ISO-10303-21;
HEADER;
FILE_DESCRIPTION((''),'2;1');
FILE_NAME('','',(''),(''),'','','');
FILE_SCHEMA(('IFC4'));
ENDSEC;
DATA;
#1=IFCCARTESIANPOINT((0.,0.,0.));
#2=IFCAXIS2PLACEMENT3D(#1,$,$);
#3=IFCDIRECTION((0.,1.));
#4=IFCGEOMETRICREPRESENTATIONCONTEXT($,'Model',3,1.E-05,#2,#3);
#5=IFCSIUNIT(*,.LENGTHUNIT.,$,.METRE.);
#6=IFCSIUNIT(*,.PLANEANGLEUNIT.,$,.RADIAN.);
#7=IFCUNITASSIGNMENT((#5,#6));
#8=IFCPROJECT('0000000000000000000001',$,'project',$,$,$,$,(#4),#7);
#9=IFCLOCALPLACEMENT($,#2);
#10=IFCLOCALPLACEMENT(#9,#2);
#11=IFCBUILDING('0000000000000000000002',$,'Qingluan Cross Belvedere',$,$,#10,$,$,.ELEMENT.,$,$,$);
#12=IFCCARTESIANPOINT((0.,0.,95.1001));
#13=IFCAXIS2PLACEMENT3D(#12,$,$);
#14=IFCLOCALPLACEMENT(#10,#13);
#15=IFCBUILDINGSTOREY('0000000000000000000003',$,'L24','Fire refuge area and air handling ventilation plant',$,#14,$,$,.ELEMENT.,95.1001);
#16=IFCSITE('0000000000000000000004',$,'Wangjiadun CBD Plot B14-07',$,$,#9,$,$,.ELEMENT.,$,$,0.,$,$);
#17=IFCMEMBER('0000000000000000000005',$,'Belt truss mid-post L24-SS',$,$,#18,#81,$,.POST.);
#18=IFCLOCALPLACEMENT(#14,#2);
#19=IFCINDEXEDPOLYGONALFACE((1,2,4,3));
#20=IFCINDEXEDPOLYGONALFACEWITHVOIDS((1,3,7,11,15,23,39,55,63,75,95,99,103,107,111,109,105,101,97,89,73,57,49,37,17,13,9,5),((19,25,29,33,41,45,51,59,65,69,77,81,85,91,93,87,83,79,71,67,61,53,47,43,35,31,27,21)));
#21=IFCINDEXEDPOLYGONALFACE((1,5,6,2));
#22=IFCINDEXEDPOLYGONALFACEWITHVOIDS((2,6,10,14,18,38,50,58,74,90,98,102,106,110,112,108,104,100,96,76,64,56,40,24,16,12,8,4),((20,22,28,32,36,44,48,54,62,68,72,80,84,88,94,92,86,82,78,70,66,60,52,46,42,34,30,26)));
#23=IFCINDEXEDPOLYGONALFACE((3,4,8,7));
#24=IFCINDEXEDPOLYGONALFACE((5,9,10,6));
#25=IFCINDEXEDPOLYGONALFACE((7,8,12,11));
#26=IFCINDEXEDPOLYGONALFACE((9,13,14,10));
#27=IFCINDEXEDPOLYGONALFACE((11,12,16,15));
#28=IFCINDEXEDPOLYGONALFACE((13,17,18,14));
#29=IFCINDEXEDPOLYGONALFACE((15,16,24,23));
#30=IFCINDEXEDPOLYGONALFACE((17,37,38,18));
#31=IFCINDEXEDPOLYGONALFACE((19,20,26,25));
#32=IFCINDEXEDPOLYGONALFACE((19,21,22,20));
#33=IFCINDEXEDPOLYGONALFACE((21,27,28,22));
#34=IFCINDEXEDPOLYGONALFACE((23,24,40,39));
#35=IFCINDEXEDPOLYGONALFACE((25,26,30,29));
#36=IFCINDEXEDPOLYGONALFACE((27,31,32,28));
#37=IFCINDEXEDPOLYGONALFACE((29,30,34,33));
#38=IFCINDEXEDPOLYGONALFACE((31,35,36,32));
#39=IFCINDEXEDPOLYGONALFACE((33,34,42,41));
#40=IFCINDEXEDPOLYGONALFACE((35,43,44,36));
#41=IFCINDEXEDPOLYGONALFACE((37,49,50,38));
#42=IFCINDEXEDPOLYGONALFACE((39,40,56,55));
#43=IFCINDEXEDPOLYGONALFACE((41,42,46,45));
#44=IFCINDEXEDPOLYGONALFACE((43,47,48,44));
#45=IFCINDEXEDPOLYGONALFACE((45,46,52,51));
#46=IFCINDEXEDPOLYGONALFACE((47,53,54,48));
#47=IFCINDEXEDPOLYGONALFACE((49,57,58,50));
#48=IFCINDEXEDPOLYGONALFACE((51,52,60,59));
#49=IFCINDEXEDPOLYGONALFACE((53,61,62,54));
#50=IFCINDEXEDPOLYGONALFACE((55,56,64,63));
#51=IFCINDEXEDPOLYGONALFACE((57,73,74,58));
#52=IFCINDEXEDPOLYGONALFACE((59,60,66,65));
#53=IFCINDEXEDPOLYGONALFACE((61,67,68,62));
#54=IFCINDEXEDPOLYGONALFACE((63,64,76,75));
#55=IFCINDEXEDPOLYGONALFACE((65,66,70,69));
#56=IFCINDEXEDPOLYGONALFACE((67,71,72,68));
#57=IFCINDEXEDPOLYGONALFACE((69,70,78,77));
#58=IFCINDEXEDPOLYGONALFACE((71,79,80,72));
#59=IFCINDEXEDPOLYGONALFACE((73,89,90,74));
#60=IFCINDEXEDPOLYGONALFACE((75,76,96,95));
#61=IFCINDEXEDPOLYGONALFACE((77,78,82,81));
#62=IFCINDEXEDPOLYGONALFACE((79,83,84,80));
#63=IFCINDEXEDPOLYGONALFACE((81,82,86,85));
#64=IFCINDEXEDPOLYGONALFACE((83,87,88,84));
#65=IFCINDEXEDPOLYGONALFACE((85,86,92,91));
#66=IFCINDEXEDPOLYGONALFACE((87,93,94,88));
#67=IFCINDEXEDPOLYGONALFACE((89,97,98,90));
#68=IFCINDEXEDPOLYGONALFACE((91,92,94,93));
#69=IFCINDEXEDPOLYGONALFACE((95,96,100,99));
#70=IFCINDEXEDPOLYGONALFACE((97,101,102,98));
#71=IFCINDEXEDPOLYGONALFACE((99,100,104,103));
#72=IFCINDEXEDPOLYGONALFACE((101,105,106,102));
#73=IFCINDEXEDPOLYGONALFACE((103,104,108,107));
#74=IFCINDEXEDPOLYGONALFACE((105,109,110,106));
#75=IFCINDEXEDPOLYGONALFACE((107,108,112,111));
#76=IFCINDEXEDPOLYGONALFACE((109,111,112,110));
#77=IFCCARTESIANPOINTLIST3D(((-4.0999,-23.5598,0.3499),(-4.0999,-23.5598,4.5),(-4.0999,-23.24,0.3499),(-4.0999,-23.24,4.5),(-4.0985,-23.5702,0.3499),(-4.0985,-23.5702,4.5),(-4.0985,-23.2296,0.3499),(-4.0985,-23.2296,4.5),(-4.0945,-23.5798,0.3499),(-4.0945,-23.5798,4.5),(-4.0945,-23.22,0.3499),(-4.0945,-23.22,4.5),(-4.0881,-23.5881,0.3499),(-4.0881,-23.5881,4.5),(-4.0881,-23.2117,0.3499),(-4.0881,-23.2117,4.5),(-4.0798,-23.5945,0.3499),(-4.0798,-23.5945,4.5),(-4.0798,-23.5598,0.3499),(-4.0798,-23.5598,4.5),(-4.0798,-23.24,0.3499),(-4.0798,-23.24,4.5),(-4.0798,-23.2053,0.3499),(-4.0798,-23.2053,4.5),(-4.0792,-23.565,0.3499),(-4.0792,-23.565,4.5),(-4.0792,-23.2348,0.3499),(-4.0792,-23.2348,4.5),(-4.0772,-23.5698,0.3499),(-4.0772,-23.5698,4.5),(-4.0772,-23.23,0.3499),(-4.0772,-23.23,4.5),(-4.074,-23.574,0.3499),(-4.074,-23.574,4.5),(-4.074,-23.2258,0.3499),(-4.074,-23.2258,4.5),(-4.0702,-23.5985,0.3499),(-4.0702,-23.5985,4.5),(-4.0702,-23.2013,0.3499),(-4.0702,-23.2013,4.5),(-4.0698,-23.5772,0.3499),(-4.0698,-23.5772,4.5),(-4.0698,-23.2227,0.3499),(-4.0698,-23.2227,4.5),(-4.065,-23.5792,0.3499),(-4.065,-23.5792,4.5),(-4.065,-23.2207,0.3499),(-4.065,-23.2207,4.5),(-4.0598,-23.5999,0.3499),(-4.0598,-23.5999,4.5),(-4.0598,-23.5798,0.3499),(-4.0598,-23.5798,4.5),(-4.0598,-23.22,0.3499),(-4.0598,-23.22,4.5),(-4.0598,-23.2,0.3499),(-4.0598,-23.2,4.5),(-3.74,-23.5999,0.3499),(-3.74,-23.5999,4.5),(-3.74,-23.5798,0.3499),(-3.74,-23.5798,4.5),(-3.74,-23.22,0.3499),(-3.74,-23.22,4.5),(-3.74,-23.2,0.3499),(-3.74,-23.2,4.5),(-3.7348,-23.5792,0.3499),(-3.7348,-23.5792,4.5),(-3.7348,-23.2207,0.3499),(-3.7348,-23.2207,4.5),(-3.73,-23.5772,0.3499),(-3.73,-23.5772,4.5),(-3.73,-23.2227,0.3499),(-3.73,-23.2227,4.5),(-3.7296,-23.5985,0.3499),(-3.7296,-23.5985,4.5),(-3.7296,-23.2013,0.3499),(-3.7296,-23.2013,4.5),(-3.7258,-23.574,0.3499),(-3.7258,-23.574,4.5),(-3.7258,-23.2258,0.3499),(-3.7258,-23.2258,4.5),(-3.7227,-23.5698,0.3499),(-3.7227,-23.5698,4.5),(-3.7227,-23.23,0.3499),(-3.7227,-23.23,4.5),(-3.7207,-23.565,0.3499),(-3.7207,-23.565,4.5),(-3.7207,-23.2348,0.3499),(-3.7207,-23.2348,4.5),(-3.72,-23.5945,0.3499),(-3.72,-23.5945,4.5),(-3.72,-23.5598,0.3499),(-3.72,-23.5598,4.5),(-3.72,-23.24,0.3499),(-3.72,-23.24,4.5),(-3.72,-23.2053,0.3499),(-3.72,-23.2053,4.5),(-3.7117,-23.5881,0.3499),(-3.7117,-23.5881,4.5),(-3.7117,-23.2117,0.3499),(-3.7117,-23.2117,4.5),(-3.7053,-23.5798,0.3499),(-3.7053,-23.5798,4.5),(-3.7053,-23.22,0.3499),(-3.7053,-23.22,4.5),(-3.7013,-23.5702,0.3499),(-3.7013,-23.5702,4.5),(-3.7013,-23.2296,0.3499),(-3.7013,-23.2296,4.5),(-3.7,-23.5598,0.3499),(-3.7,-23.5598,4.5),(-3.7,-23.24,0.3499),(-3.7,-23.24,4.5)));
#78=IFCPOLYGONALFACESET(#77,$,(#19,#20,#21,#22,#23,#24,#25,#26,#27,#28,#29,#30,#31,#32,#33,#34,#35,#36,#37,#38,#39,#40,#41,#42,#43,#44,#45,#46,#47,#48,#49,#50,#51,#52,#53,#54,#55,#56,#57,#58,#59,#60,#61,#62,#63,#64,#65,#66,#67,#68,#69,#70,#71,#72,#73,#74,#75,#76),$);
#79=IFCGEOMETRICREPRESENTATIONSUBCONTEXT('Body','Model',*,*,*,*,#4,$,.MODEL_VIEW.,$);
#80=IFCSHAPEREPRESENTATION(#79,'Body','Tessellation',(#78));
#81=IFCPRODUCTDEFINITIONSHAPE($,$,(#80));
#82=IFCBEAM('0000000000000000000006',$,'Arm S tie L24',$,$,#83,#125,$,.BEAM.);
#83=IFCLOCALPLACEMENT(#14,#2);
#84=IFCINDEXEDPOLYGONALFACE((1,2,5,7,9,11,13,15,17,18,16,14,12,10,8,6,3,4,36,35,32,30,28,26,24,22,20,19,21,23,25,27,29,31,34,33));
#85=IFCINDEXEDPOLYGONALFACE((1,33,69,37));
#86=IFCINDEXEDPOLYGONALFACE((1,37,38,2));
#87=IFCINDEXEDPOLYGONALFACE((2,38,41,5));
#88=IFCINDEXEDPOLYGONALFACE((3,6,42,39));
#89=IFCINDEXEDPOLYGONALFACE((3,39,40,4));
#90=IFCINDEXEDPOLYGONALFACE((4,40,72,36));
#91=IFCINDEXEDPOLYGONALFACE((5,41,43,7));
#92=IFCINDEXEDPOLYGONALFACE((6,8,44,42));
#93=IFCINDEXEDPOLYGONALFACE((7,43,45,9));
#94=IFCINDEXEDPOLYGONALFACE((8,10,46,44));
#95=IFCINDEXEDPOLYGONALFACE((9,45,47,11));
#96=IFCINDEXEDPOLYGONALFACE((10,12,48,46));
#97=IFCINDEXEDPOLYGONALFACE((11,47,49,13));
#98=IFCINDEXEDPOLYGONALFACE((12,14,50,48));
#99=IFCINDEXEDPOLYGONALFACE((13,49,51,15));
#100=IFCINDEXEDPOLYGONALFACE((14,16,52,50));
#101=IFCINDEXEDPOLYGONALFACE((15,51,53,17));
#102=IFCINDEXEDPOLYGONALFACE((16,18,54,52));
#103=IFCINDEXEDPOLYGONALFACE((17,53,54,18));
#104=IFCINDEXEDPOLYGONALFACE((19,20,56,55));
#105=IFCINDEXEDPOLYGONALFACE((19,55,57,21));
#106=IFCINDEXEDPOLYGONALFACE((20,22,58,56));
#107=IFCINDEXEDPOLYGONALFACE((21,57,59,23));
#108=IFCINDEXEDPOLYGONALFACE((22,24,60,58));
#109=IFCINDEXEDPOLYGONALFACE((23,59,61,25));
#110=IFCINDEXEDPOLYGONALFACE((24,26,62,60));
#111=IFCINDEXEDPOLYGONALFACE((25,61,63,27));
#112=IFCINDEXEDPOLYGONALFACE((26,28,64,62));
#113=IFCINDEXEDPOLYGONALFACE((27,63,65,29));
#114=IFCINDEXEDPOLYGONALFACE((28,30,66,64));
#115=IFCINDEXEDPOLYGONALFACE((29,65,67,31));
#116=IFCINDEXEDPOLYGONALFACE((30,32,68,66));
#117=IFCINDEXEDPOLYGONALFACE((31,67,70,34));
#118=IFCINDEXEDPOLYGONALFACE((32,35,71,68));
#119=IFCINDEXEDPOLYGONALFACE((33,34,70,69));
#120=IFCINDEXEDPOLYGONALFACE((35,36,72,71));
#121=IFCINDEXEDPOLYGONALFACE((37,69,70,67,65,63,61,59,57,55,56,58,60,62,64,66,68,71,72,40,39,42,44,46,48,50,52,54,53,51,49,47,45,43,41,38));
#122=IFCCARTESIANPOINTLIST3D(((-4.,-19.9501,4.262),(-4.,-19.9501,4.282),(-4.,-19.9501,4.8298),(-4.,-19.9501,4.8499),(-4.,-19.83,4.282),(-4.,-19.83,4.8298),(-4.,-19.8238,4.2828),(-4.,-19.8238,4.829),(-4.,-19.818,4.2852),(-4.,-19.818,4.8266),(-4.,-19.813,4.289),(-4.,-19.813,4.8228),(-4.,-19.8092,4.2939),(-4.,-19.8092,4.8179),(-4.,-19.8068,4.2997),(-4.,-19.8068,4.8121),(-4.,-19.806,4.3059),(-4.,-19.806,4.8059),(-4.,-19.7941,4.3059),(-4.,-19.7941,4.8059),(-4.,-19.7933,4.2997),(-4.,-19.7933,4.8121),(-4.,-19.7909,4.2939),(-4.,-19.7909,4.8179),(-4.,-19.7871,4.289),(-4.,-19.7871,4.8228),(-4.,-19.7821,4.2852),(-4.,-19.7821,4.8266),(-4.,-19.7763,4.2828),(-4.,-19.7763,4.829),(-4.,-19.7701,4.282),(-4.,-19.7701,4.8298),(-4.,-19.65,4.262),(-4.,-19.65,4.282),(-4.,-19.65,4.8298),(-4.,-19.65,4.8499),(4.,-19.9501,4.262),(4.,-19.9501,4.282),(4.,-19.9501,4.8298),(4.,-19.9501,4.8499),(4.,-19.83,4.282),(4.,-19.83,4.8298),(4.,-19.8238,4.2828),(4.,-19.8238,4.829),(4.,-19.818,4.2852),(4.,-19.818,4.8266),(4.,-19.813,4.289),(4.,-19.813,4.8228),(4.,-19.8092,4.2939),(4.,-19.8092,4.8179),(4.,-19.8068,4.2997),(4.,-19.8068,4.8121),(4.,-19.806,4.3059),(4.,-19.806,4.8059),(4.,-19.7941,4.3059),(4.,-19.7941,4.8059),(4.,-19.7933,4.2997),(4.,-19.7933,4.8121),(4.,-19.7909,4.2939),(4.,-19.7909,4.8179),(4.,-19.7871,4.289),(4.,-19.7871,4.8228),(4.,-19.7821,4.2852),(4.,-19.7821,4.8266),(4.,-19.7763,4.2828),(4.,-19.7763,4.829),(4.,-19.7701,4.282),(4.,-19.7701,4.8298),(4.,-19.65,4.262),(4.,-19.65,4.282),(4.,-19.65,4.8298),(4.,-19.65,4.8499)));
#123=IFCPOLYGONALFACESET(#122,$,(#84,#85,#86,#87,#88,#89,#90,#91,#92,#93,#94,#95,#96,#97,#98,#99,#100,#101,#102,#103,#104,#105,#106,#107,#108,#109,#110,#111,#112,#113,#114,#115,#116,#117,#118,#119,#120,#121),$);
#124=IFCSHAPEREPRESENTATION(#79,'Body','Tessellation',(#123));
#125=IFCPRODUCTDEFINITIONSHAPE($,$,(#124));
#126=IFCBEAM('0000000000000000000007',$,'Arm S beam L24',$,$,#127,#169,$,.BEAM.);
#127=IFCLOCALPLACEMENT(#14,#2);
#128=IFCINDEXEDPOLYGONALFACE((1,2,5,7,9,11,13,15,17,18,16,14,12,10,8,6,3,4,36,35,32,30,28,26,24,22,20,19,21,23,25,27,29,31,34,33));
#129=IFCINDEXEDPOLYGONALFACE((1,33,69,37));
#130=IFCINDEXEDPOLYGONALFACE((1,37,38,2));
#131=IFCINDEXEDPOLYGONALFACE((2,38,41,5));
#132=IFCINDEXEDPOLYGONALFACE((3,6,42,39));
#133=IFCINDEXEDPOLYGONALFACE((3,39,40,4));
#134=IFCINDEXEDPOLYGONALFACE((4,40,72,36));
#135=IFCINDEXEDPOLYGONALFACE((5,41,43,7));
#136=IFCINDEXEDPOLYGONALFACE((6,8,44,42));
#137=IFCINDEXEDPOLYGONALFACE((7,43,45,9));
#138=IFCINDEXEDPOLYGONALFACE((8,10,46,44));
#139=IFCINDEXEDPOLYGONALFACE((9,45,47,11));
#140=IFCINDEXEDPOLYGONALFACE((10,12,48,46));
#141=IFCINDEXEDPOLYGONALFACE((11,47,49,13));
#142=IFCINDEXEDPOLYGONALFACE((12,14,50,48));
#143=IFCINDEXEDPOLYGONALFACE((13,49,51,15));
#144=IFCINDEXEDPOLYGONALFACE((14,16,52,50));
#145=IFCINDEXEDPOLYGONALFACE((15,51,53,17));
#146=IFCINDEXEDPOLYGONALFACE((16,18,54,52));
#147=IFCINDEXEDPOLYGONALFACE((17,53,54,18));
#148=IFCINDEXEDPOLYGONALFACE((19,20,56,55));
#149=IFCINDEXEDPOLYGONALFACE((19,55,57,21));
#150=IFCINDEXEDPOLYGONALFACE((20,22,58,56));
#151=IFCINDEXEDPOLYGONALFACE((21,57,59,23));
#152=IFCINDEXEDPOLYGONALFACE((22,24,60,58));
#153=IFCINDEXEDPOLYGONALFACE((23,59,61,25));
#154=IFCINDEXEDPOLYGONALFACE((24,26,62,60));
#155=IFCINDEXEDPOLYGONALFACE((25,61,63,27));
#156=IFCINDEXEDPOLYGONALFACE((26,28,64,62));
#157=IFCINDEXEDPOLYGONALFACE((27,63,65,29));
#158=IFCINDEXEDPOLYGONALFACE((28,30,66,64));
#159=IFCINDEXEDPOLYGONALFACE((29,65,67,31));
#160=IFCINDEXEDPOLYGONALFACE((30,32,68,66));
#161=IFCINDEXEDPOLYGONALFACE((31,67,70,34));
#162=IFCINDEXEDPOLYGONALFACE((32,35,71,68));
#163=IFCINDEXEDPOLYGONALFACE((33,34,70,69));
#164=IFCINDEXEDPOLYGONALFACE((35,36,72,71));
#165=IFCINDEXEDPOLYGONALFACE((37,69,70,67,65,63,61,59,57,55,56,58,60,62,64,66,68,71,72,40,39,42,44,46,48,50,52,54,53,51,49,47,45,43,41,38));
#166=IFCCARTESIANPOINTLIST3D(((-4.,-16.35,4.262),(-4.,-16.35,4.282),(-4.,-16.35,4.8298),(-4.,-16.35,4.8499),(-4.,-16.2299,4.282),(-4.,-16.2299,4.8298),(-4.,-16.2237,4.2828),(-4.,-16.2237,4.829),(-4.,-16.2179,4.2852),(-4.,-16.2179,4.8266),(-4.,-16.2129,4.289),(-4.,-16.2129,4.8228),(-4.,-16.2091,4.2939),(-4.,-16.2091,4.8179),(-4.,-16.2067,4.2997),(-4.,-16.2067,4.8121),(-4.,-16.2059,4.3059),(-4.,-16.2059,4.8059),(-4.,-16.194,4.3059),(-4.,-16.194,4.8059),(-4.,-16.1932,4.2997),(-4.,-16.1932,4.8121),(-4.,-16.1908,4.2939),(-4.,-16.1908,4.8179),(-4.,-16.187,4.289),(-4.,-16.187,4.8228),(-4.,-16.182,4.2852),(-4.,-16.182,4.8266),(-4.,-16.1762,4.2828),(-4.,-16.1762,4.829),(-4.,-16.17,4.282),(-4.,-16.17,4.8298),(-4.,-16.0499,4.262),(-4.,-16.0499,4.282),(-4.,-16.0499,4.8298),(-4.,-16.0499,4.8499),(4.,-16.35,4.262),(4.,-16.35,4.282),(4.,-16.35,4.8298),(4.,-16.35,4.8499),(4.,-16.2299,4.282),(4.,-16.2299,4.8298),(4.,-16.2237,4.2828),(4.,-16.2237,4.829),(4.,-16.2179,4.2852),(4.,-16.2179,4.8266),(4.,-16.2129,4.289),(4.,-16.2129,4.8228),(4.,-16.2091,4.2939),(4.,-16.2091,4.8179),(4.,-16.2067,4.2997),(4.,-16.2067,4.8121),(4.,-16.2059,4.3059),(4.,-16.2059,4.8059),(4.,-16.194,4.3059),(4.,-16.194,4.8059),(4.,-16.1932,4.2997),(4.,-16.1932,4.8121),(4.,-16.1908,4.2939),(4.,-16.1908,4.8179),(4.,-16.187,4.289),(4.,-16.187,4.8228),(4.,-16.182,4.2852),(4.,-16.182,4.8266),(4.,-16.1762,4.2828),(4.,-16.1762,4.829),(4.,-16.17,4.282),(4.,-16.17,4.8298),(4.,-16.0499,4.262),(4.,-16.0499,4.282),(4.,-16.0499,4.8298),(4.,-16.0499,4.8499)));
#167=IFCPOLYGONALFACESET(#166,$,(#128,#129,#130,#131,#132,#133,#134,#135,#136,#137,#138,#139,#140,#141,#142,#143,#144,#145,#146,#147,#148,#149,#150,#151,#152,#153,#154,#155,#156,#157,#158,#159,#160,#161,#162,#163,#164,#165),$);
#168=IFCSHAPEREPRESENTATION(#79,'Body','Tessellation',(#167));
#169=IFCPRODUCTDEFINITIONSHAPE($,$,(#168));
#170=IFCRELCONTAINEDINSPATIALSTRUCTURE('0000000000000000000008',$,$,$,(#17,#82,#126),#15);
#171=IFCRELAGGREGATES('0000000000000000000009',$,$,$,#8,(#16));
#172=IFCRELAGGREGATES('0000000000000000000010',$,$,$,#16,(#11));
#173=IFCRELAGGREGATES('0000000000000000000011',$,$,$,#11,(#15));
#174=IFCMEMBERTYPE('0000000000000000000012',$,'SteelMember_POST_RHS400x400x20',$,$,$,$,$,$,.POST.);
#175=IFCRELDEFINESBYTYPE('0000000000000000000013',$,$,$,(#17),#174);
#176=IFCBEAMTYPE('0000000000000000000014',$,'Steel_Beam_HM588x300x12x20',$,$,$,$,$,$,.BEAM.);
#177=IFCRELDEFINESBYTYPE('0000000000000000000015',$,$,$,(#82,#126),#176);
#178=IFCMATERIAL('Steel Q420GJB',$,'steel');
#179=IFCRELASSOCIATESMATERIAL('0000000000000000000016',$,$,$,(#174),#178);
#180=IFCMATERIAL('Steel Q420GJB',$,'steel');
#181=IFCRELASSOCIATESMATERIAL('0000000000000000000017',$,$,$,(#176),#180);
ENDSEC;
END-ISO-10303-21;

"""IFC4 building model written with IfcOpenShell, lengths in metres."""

from ifc_helpers import new_model, si_unit, direction, frame, origin, origin_2d, place, context, subcontext, project, spatial, hollow_rectangle, i_section, extrude, material, material_profile, profile_set, type_object, element, save


model = new_model("IFC4")

# Units and contexts
model_context = context("Model", 3, precision=1e-05, world=origin(), true_north=direction((0.0, 1.0)))
body_context = subcontext(model_context, "Body", "Model", "MODEL_VIEW")
ifc_project = project(units=[si_unit("LENGTHUNIT", "METRE"), si_unit("PLANEANGLEUNIT", "RADIAN")], contexts=[model_context])

# Site, building, storey
site_placement = place(None, origin())
site = spatial("IfcSite", under=ifc_project, at=site_placement, Name="Wangjiadun CBD Plot B14-07", CompositionType="ELEMENT", RefElevation=0.0)
building_placement = place(site_placement, origin())
building = spatial("IfcBuilding", under=site, at=building_placement, Name="Qingluan Cross Belvedere", CompositionType="ELEMENT")
storey_placement = place(building_placement, frame((0.0, 0.0, 95.1001)))
storey = spatial("IfcBuildingStorey", under=building, at=storey_placement, Name="L24", Description="Fire refuge area and air handling ventilation plant", CompositionType="ELEMENT", Elevation=95.1001)

# Member
ifc_material_1 = material(Name="Steel Q420GJB", Category="steel")
ifc_material_profile_1 = material_profile(ifc_material_1, hollow_rectangle(XDim=0.3999, YDim=0.3999, WallThickness=0.02, InnerFilletRadius=0.02, OuterFilletRadius=0.04, at=origin_2d()), Name="RHS400x400x20")
ifc_profile_set_1 = profile_set([ifc_material_profile_1], Name="Steel Q420GJB")
member_type_1 = type_object("IfcMemberType", Name="SteelMember_POST_RHS400x400x20", PredefinedType="POST", material=ifc_profile_set_1)
member_1_placement = place(storey_placement, frame((-3.8999, -23.3999, 0.3499), z_axis=(0.0, 0.0, 1.0), x_axis=(1.0, 0.0, 0.0)))
element("IfcMember", 1, at=member_1_placement, inside=storey, type_object=member_type_1, Name="Belt truss mid-post L24-SS", PredefinedType="POST", context=body_context, shape_type="SweptSolid", body=[
    extrude(hollow_rectangle(XDim=0.3999, YDim=0.3999, WallThickness=0.02, InnerFilletRadius=0.02, OuterFilletRadius=0.04, at=origin_2d()), origin(), (0.0, 0.0, 1.0), 4.1501),
])

# Beams
ifc_material_2 = material(Name="Steel Q420GJB", Category="steel")
ifc_material_profile_2 = material_profile(ifc_material_2, i_section(OverallWidth=0.3, OverallDepth=0.5879, WebThickness=0.012, FlangeThickness=0.02, FilletRadius=0.0239, at=origin_2d()), Name="HM588x300x12x20")
ifc_profile_set_2 = profile_set([ifc_material_profile_2], Name="Steel Q420GJB")
beam_type_1 = type_object("IfcBeamType", Name="Steel_Beam_HM588x300x12x20", PredefinedType="BEAM", material=ifc_profile_set_2)
for number, where, z_axis, x_axis, name in (
    (2, (-4.0, -19.8, 4.5559), (1.0, 0.0, 0.0), (0.0, 1.0, 0.0), "Arm S tie L24"),
    (3, (-4.0, -16.2, 4.5559), (1.0, 0.0, 0.0), (0.0, 1.0, 0.0), "Arm S beam L24"),
):
    element("IfcBeam", number, at=place(storey_placement, frame(where, z_axis=z_axis, x_axis=x_axis)), inside=storey, type_object=beam_type_1, Name=name, PredefinedType="BEAM", context=body_context, shape_type="SweptSolid", body=[
        extrude(i_section(OverallWidth=0.3, OverallDepth=0.5879, WebThickness=0.012, FlangeThickness=0.02, FilletRadius=0.0239, at=origin_2d()), origin(), (0.0, 0.0, 1.0), 8.0),
    ])

save(model, "model.ifc")
